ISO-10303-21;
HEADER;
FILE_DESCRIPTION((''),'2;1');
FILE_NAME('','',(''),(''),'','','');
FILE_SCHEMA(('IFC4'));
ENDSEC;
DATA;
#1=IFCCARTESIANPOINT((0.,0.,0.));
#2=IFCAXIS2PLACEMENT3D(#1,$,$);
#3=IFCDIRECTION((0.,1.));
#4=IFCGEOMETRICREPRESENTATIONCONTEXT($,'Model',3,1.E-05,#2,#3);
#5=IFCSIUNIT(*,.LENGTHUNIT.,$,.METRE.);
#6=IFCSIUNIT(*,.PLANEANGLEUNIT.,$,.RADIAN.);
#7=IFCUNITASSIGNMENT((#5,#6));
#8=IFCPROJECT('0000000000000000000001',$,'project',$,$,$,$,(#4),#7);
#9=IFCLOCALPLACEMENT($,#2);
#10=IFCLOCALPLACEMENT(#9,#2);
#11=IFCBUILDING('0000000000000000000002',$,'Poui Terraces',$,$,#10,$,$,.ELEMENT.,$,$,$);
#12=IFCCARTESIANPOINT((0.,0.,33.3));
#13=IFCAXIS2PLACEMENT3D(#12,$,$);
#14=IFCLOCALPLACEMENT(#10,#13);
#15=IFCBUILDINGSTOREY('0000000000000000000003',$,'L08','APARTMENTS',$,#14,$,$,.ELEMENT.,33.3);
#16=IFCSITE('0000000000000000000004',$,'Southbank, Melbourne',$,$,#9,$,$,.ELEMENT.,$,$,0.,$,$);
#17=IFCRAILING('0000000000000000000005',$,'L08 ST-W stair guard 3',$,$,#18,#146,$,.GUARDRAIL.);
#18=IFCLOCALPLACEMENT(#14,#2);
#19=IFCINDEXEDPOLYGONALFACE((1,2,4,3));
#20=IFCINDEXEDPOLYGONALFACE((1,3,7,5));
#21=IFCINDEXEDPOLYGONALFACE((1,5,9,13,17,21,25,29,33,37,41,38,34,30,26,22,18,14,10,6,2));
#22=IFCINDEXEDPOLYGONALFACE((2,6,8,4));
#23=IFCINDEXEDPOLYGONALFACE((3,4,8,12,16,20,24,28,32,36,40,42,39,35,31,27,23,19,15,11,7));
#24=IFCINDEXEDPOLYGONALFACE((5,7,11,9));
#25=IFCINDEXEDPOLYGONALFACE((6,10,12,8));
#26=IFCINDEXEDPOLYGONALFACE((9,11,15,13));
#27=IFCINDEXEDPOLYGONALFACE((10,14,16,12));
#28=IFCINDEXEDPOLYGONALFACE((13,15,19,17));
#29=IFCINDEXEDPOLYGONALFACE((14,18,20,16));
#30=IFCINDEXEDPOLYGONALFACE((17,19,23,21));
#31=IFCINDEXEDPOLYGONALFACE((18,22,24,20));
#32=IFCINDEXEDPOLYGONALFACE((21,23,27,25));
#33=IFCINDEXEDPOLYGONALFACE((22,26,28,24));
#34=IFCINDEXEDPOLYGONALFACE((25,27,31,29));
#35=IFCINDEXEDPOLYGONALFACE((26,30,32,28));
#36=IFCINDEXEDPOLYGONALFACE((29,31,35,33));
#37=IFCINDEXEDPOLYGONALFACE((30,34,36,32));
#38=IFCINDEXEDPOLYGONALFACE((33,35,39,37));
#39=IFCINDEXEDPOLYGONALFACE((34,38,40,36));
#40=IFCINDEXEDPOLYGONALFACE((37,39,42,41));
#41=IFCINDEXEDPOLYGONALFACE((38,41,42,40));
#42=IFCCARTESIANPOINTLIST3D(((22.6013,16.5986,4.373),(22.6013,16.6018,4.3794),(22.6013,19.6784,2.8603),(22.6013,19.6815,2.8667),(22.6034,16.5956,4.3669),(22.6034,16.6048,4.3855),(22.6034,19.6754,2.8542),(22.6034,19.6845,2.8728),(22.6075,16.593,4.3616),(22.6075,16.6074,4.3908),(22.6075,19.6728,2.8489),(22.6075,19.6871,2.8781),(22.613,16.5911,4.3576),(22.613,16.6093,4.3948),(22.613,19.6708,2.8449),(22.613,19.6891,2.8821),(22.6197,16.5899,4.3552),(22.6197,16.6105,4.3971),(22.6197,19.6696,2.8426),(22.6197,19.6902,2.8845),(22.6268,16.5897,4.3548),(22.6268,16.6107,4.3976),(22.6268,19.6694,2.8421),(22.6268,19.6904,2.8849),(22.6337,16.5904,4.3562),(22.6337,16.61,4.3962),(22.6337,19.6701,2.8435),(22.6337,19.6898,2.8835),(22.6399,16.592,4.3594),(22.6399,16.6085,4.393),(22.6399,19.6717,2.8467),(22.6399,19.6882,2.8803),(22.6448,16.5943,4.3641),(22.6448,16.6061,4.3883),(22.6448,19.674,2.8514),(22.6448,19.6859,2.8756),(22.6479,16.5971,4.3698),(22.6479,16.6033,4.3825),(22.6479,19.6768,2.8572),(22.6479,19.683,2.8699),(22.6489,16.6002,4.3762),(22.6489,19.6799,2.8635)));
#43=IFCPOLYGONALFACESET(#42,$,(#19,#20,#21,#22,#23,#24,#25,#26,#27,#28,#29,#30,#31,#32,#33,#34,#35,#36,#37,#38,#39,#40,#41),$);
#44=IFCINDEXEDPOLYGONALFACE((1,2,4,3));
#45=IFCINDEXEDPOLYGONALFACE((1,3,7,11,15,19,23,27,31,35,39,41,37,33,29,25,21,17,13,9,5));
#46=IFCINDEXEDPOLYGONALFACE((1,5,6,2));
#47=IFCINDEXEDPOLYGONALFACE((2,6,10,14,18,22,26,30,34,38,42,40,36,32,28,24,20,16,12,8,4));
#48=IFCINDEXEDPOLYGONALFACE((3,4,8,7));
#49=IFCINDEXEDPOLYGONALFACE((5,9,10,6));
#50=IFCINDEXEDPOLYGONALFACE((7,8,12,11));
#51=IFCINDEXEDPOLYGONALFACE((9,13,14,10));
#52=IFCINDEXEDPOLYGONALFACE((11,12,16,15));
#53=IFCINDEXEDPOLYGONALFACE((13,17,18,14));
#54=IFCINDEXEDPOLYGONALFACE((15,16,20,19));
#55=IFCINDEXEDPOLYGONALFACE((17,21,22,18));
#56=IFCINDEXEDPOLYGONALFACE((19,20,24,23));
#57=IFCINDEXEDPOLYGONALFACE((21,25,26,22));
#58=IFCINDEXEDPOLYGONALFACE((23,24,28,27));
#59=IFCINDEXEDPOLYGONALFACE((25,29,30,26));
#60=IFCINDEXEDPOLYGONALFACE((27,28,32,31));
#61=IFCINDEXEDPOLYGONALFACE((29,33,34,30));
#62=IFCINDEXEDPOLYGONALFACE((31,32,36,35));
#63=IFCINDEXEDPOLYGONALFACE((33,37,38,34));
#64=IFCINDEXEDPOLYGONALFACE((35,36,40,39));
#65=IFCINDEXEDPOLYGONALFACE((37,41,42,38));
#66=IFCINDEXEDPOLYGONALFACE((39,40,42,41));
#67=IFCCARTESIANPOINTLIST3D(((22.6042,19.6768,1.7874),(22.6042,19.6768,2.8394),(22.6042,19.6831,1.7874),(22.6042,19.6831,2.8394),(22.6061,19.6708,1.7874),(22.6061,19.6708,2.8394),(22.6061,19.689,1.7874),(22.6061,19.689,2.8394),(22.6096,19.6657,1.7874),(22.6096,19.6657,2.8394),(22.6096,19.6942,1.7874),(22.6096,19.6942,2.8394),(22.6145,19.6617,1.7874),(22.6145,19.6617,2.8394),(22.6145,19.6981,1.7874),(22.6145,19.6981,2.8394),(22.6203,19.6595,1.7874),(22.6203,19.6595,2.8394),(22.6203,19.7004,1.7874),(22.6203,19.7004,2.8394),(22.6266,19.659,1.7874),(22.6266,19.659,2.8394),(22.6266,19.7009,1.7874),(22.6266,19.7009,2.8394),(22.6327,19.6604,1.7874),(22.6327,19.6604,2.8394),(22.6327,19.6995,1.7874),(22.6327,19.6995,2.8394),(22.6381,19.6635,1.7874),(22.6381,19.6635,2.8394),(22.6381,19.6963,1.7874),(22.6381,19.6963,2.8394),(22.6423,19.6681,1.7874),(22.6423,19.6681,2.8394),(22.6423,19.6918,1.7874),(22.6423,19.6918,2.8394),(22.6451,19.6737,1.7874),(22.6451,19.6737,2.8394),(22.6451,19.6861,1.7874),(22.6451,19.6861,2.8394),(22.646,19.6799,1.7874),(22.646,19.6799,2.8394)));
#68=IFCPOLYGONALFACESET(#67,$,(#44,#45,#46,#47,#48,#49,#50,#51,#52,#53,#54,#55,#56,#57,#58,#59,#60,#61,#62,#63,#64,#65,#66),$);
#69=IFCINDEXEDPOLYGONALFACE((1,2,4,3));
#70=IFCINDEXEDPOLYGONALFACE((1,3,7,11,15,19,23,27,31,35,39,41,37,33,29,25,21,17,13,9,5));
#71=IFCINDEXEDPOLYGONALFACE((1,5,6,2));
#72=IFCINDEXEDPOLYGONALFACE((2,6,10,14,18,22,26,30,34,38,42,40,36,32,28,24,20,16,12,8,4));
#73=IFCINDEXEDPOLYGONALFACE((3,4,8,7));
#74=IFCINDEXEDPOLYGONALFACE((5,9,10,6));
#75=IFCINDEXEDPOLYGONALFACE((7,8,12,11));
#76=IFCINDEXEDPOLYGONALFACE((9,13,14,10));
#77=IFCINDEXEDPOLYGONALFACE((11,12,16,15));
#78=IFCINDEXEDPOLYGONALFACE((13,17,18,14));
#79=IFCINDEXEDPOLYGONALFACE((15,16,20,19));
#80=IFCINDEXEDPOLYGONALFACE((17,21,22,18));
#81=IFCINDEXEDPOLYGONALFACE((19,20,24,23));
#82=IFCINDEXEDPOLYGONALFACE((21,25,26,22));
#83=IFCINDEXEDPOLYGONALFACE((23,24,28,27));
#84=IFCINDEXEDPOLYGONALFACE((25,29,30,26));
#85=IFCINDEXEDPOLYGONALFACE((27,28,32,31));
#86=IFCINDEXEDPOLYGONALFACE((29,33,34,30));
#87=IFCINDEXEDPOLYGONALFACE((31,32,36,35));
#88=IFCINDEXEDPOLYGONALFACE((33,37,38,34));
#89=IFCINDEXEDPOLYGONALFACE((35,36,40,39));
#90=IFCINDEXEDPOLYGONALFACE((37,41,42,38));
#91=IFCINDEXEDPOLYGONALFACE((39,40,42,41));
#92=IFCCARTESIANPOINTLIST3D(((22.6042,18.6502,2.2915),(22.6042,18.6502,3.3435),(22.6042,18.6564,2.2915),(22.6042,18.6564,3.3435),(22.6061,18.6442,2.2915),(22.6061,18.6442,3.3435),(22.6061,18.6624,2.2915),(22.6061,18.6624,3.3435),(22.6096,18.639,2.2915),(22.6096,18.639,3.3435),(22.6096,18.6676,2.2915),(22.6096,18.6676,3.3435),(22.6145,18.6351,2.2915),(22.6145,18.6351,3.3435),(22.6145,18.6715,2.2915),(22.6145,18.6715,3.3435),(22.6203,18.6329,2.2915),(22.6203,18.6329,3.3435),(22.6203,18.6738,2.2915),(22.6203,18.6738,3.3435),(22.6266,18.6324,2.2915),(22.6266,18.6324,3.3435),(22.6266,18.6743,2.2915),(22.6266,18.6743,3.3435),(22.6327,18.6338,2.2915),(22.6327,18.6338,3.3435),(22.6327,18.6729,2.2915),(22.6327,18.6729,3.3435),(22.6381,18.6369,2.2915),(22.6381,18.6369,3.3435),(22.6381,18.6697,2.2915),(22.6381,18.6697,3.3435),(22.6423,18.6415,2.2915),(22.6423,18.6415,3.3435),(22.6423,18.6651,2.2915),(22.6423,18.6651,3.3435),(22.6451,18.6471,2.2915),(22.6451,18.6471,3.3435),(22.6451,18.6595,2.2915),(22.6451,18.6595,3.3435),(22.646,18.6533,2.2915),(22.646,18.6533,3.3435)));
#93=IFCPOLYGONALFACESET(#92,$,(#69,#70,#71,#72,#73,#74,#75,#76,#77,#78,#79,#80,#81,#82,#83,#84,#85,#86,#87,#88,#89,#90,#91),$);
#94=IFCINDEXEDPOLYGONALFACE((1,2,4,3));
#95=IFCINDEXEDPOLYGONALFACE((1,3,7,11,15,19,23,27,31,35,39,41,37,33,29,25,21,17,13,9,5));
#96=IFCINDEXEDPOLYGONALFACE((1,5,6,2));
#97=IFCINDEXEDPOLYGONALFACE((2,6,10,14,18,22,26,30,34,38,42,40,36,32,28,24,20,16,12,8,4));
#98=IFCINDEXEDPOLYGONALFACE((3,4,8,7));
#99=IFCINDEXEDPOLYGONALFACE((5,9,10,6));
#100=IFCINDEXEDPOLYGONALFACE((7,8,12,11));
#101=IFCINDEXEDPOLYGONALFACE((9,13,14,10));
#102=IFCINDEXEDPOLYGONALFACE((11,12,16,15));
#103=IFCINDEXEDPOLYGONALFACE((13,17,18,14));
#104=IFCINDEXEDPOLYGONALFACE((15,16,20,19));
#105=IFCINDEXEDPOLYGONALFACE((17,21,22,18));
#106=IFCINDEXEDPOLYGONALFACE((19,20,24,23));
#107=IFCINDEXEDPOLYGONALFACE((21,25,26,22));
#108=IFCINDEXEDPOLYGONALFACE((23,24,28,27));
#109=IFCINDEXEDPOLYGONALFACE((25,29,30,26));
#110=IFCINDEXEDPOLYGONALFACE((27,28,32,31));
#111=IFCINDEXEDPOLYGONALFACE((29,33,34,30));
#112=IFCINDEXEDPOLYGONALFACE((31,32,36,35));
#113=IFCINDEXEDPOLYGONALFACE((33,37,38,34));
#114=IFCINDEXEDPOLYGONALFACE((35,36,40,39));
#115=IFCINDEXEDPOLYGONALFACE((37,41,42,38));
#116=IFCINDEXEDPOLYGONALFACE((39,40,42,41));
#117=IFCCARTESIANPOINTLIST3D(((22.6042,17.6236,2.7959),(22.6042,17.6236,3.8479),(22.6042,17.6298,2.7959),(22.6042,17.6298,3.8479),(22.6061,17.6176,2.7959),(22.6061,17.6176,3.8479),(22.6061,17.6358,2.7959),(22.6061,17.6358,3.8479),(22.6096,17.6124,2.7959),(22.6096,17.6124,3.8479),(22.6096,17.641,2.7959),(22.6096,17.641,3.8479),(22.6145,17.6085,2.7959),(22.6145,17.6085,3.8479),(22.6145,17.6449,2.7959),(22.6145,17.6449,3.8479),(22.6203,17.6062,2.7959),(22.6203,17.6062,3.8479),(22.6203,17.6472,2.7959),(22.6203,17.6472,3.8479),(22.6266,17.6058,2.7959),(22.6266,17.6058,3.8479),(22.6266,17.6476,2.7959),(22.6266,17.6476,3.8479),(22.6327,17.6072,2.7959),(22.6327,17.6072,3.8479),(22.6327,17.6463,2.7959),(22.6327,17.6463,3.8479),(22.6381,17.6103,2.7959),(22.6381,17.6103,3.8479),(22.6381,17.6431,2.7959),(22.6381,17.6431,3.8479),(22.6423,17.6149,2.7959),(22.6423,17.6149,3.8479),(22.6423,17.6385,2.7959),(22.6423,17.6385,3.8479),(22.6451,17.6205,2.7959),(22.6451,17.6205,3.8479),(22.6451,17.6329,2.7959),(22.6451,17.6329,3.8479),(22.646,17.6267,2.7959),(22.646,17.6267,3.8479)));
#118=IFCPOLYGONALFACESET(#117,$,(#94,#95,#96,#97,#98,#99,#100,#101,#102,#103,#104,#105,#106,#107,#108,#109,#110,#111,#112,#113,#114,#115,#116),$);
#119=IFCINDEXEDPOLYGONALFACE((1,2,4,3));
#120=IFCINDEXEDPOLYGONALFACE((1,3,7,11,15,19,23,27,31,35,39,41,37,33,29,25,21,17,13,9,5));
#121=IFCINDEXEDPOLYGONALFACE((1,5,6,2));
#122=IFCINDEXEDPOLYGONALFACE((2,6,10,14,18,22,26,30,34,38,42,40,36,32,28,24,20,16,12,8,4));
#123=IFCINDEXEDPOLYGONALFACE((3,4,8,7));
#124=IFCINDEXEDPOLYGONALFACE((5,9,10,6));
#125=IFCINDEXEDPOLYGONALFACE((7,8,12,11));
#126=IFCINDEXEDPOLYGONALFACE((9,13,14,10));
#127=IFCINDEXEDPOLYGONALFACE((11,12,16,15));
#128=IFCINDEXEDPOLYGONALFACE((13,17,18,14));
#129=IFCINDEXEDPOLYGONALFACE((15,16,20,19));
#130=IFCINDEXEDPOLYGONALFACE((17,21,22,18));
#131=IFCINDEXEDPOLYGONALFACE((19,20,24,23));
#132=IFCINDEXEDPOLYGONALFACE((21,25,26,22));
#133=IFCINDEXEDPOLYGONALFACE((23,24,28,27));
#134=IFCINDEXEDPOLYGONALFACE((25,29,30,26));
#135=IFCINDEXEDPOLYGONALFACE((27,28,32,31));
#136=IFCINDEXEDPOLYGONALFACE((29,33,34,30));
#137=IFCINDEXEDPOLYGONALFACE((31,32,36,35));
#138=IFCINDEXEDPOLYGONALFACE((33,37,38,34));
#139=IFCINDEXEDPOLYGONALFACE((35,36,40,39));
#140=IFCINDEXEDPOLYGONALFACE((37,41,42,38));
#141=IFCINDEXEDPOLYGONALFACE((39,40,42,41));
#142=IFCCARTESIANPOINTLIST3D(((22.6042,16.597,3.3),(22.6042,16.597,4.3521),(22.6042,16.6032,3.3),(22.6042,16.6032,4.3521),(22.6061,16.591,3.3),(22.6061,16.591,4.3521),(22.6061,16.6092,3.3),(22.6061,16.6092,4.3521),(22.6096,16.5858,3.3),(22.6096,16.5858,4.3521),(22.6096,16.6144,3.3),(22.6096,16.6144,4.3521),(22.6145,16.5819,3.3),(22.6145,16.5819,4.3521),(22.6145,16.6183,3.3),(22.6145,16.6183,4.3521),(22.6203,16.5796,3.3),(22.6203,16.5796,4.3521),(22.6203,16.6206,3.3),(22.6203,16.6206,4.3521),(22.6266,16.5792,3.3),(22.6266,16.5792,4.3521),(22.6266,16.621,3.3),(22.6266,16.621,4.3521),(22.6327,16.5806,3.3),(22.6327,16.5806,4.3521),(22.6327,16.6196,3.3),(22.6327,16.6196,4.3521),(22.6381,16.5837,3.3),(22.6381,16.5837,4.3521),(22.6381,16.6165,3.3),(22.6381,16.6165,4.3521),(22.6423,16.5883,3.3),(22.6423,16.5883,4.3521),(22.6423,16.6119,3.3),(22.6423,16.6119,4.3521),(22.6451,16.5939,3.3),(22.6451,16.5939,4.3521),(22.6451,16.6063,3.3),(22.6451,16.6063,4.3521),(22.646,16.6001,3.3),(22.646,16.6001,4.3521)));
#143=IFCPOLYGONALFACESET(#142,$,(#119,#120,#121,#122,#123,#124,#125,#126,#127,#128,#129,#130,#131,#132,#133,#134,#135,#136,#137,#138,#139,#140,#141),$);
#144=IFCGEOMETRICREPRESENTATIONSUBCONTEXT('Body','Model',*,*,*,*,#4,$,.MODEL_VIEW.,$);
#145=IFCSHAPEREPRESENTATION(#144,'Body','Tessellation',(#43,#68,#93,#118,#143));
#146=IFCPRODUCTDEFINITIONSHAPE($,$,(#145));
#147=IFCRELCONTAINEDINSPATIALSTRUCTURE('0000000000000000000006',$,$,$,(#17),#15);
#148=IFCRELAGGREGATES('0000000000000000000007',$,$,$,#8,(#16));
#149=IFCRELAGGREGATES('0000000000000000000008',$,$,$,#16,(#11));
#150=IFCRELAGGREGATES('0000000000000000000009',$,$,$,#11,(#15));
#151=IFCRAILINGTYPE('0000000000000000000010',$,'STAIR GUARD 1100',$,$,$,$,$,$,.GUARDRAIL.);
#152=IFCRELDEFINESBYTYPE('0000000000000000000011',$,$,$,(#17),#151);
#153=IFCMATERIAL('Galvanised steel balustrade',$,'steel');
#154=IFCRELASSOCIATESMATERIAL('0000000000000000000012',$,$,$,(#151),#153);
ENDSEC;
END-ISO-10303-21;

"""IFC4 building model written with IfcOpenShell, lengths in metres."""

from ifc_helpers import new_model, si_unit, direction, frame, origin, origin_2d, place, context, subcontext, project, spatial, circle, extrude, material, type_object, element, save


model = new_model("IFC4")

# Units and contexts
model_context = context("Model", 3, precision=1e-05, world=origin(), true_north=direction((0.0, 1.0)))
body_context = subcontext(model_context, "Body", "Model", "MODEL_VIEW")
ifc_project = project(units=[si_unit("LENGTHUNIT", "METRE"), si_unit("PLANEANGLEUNIT", "RADIAN")], contexts=[model_context])

# Site, building, storey
site_placement = place(None, origin())
site = spatial("IfcSite", under=ifc_project, at=site_placement, Name="Southbank, Melbourne", CompositionType="ELEMENT", RefElevation=0.0)
building_placement = place(site_placement, origin())
building = spatial("IfcBuilding", under=site, at=building_placement, Name="Poui Terraces", CompositionType="ELEMENT")
storey_placement = place(building_placement, frame((0.0, 0.0, 33.3)))
storey = spatial("IfcBuildingStorey", under=building, at=storey_placement, Name="L08", Description="APARTMENTS", CompositionType="ELEMENT", Elevation=33.3)

# Railing
ifc_material_1 = material(Name="Galvanised steel balustrade", Category="steel")
railing_type_1 = type_object("IfcRailingType", Name="STAIR GUARD 1100", PredefinedType="GUARDRAIL", material=ifc_material_1)
railing_1_placement = place(storey_placement, frame((22.625, 19.6799, 1.7874)))
element("IfcRailing", 1, at=railing_1_placement, inside=storey, type_object=railing_type_1, Name="L08 ST-W stair guard 3", PredefinedType="GUARDRAIL", context=body_context, shape_type="SweptSolid", body=[
    extrude(circle(Radius=0.0239, at=origin_2d()), frame((0.0, 0.0, 1.0762), z_axis=(0.0, -0.897578, 0.440856), x_axis=(1.0, 0.0, 0.0)), (0.0, 0.0, 1.0), 3.4312),
    extrude(circle(Radius=0.021, at=origin_2d()), origin(), (0.0, 0.0, 1.0), 1.052),
    extrude(circle(Radius=0.021, at=origin_2d()), frame((0.0, -1.0266, 0.5042)), (0.0, 0.0, 1.0), 1.052),
    extrude(circle(Radius=0.021, at=origin_2d()), frame((0.0, -2.0532, 1.0085)), (0.0, 0.0, 1.0), 1.052),
    extrude(circle(Radius=0.021, at=origin_2d()), frame((0.0, -3.0798, 1.5127)), (0.0, 0.0, 1.0), 1.052),
])

save(model, "model.ifc")
